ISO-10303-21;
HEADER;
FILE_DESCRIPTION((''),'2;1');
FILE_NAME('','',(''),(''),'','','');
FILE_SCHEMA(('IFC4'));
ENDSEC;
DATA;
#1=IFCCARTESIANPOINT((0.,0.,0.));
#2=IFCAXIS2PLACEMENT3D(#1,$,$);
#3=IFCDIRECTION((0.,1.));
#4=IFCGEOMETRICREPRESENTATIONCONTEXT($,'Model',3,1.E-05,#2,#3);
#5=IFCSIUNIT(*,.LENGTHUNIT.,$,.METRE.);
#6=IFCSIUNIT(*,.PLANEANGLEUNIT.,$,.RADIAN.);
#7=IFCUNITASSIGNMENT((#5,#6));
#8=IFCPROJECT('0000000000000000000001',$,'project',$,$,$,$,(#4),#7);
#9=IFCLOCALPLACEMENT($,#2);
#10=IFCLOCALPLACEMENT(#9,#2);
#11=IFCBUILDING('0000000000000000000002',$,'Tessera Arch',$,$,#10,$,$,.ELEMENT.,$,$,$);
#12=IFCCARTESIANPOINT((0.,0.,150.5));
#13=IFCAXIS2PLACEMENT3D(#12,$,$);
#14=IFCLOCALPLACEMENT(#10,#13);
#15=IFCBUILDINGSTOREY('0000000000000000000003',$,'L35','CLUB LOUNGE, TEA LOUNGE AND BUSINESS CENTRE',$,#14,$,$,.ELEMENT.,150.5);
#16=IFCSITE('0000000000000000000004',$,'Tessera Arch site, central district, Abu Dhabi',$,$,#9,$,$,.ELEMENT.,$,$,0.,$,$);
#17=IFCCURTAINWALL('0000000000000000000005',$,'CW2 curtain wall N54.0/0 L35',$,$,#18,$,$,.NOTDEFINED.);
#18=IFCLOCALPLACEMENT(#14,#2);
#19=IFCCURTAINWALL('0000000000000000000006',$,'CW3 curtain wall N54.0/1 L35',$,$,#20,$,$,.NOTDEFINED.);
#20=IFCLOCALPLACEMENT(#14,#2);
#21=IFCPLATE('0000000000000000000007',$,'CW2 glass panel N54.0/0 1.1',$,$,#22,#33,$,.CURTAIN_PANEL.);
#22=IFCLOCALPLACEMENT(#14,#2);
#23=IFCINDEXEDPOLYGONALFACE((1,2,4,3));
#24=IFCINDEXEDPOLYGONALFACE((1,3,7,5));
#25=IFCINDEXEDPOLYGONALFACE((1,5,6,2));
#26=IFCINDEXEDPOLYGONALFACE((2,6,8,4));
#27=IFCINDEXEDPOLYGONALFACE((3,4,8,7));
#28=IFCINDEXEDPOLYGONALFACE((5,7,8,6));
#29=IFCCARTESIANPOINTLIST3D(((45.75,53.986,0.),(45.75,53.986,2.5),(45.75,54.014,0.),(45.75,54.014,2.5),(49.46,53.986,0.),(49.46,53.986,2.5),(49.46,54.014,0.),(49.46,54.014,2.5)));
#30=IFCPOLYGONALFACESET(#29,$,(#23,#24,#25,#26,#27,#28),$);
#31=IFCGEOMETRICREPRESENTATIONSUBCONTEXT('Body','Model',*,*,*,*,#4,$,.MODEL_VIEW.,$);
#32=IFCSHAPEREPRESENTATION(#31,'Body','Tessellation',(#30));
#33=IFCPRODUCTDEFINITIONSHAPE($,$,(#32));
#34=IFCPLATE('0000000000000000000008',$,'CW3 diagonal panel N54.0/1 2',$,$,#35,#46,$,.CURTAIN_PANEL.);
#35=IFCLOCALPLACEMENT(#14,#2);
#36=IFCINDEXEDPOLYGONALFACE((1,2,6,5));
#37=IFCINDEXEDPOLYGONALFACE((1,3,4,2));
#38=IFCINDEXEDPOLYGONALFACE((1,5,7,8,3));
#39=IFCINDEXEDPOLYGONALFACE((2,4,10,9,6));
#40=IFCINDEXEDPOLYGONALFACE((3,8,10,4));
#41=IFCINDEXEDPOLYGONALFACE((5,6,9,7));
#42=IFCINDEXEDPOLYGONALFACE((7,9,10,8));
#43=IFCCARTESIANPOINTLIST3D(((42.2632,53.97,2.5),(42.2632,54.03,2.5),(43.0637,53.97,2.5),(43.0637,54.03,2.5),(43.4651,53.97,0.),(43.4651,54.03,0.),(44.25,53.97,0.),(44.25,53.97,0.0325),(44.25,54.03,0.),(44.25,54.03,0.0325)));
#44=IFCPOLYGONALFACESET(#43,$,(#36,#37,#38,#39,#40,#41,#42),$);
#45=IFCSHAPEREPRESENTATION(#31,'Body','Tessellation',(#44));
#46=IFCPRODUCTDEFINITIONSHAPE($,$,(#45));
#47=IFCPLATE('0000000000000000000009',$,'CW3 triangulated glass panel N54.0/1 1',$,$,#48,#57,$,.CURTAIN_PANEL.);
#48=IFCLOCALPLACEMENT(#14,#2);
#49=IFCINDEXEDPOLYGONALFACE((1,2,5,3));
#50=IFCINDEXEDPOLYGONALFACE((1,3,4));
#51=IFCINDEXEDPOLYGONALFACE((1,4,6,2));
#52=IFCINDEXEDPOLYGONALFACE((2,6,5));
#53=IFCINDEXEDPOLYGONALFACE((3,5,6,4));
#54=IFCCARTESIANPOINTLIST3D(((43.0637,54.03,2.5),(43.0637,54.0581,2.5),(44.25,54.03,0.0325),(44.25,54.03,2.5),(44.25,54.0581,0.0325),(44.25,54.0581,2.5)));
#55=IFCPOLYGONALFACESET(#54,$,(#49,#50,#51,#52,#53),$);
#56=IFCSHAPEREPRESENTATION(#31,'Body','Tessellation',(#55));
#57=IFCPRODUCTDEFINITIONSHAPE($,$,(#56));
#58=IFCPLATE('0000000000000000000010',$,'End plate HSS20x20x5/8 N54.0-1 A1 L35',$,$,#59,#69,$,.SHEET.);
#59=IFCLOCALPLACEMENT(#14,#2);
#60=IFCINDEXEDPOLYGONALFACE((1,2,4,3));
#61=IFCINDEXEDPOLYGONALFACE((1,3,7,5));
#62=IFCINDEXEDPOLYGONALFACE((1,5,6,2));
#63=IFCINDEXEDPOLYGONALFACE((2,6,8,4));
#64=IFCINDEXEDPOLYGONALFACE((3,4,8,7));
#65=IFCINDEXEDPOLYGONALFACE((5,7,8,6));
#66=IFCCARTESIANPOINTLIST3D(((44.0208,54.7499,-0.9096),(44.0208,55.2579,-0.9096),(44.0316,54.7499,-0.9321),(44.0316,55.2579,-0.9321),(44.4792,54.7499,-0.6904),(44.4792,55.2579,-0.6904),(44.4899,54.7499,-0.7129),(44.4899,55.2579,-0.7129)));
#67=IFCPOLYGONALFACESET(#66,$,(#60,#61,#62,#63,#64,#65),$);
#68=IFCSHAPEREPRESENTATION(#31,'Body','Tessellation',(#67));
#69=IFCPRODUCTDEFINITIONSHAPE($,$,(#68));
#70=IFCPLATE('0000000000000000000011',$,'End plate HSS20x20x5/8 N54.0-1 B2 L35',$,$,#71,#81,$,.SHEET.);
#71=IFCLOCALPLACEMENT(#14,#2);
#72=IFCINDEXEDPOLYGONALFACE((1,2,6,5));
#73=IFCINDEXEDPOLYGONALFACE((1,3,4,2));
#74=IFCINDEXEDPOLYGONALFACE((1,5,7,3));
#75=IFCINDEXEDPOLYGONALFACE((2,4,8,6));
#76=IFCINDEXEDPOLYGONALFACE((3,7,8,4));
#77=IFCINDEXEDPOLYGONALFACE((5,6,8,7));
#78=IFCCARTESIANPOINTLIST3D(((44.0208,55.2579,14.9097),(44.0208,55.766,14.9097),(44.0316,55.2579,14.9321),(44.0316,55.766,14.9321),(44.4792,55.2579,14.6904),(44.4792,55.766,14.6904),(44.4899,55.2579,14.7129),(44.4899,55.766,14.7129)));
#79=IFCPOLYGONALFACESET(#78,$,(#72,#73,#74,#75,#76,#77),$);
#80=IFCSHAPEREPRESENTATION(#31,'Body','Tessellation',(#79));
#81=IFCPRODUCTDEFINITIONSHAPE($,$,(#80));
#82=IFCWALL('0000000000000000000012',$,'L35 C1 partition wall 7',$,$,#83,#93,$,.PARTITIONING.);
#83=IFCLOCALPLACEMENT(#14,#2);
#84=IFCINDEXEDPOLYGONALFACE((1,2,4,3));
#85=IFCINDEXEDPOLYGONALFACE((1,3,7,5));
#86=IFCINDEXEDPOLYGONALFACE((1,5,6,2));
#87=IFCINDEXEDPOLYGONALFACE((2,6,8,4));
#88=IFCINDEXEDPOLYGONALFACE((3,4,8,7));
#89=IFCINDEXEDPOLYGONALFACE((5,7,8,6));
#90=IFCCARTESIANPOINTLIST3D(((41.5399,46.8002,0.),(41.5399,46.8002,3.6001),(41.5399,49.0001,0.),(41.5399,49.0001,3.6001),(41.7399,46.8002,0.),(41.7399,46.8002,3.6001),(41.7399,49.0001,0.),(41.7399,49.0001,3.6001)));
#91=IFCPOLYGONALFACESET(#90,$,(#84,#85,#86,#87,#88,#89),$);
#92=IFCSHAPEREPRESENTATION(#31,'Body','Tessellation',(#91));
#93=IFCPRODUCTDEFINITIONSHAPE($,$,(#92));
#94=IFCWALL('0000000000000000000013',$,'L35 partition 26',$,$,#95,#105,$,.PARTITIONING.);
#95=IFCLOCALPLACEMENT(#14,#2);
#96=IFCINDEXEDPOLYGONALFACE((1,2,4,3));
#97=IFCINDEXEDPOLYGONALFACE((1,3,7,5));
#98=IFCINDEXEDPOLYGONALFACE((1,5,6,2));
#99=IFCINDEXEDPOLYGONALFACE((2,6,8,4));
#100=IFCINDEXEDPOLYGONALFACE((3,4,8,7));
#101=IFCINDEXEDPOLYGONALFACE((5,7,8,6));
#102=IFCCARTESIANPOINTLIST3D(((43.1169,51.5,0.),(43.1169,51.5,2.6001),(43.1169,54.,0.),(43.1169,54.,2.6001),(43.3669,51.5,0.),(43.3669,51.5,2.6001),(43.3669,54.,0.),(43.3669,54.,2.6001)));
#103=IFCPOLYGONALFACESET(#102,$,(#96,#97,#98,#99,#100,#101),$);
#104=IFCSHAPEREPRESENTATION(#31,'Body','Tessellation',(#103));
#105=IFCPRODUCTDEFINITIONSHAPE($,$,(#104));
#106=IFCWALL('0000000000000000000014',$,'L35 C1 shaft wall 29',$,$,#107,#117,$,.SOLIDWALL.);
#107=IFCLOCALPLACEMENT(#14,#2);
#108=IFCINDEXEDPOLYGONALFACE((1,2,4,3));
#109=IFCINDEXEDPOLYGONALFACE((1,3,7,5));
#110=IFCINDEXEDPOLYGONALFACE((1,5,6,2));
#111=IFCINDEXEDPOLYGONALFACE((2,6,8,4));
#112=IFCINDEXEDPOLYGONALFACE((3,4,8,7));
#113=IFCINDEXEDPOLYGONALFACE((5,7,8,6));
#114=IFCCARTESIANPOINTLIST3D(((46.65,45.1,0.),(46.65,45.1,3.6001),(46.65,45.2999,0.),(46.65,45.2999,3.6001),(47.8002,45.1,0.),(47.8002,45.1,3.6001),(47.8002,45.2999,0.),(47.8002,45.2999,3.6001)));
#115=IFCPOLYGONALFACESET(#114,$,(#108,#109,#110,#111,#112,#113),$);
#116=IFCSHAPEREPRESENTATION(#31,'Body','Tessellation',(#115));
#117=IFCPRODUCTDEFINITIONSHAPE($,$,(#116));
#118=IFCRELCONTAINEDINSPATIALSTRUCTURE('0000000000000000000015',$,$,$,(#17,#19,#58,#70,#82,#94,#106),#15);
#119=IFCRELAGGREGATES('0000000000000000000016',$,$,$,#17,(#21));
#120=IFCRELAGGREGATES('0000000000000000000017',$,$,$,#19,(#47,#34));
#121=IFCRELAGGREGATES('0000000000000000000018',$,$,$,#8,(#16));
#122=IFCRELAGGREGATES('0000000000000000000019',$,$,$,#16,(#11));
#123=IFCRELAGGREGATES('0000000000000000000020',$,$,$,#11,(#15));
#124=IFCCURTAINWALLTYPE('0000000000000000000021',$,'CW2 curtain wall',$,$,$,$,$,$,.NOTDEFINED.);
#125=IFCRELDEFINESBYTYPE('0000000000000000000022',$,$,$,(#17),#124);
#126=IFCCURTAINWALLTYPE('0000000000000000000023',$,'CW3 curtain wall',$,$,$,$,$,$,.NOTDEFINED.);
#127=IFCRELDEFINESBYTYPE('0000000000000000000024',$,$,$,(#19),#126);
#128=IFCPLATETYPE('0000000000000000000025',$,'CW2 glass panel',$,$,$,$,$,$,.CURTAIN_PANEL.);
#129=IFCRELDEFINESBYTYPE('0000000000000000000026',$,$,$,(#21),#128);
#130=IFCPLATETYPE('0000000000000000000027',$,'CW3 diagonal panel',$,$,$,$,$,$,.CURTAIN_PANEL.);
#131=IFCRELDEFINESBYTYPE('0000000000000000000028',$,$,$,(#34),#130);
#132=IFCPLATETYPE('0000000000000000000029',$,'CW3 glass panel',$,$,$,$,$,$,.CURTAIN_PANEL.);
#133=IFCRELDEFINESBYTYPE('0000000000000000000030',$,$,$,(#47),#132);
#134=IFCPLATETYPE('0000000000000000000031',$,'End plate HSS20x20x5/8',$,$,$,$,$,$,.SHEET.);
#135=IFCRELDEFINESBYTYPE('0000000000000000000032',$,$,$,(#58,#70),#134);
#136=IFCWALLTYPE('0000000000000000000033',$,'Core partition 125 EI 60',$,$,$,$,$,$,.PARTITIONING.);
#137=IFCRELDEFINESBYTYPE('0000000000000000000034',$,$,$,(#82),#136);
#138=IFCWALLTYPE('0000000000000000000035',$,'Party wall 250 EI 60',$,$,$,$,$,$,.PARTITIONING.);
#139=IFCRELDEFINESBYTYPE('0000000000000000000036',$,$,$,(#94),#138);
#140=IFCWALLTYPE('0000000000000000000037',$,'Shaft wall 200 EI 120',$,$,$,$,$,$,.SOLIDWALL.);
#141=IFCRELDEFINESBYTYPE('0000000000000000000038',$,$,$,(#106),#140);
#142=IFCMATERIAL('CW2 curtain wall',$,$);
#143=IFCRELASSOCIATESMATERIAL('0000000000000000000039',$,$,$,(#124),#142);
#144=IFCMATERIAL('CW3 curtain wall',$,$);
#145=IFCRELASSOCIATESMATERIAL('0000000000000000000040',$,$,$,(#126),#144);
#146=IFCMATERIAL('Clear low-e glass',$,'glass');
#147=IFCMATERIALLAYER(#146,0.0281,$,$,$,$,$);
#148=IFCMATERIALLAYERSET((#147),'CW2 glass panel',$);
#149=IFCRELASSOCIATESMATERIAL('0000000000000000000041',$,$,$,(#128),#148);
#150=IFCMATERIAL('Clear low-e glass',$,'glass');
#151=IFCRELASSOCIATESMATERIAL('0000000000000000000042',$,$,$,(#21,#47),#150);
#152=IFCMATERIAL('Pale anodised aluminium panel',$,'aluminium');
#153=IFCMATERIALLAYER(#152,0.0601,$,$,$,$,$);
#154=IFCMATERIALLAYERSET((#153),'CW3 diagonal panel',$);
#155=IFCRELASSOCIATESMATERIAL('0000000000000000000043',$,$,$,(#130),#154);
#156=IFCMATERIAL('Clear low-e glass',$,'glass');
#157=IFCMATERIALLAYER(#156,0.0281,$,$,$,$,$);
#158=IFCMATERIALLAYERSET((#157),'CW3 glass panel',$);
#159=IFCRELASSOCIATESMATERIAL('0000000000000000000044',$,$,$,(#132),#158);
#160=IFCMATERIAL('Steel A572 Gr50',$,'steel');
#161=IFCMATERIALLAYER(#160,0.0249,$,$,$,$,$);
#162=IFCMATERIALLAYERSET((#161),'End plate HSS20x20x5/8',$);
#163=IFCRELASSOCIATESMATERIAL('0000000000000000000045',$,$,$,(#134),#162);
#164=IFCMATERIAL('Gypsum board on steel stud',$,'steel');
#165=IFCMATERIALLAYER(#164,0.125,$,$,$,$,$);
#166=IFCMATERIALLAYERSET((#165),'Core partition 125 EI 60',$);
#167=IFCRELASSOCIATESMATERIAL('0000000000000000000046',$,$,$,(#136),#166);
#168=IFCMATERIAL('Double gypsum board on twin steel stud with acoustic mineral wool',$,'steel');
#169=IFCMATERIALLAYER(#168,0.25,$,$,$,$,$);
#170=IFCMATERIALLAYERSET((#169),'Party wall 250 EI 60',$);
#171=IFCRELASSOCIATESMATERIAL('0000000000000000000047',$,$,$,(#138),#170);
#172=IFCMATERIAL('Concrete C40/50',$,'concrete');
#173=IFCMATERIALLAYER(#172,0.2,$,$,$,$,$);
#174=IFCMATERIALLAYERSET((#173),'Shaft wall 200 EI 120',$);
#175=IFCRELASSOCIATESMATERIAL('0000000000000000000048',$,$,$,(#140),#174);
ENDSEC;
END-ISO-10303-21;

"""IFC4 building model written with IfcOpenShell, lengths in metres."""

from ifc_helpers import new_model, si_unit, direction, frame, frame_2d, origin, origin_2d, place, context, subcontext, project, spatial, polyline, rectangle, outline, extrude, material, layer, layer_set, type_object, element, aggregate, save


model = new_model("IFC4")

# Units and contexts
model_context = context("Model", 3, precision=1e-05, world=origin(), true_north=direction((0.0, 1.0)))
body_context = subcontext(model_context, "Body", "Model", "MODEL_VIEW")
ifc_project = project(units=[si_unit("LENGTHUNIT", "METRE"), si_unit("PLANEANGLEUNIT", "RADIAN")], contexts=[model_context])

# Site, building, storey
site_placement = place(None, origin())
site = spatial("IfcSite", under=ifc_project, at=site_placement, Name="Tessera Arch site, central district, Abu Dhabi", CompositionType="ELEMENT", RefElevation=0.0)
building_placement = place(site_placement, origin())
building = spatial("IfcBuilding", under=site, at=building_placement, Name="Tessera Arch", CompositionType="ELEMENT")
storey_placement = place(building_placement, frame((0.0, 0.0, 150.5)))
storey = spatial("IfcBuildingStorey", under=building, at=storey_placement, Name="L35", Description="CLUB LOUNGE, TEA LOUNGE AND BUSINESS CENTRE", CompositionType="ELEMENT", Elevation=150.5)

# Curtain walls
ifc_material_1 = material(Name="CW2 curtain wall")
curtain_wall_type_1 = type_object("IfcCurtainWallType", Name="CW2 curtain wall", PredefinedType="NOTDEFINED", material=ifc_material_1)
curtain_wall_1_placement = place(storey_placement, origin())
curtain_wall_1 = element("IfcCurtainWall", 1, at=curtain_wall_1_placement, inside=storey, type_object=curtain_wall_type_1, Name="CW2 curtain wall N54.0/0 L35", PredefinedType="NOTDEFINED")
ifc_material_2 = material(Name="CW3 curtain wall")
curtain_wall_type_2 = type_object("IfcCurtainWallType", Name="CW3 curtain wall", PredefinedType="NOTDEFINED", material=ifc_material_2)
curtain_wall_2_placement = place(storey_placement, origin())
curtain_wall_2 = element("IfcCurtainWall", 2, at=curtain_wall_2_placement, inside=storey, type_object=curtain_wall_type_2, Name="CW3 curtain wall N54.0/1 L35", PredefinedType="NOTDEFINED")

# Plates
ifc_material_3 = material(Name="Clear low-e glass", Category="glass")
ifc_material_4 = material(Name="Clear low-e glass", Category="glass")
ifc_layer_1 = layer(ifc_material_4, 0.0281)
ifc_layer_set_1 = layer_set([ifc_layer_1], Name="CW2 glass panel")
plate_type_1 = type_object("IfcPlateType", Name="CW2 glass panel", PredefinedType="CURTAIN_PANEL", material=ifc_layer_set_1)
plate_1_placement = place(storey_placement, frame((47.605, 54.0, 0.0), z_axis=(0.0, 0.0, 1.0), x_axis=(-1.0, 0.0, 0.0)))
plate_1 = element("IfcPlate", 3, at=plate_1_placement, type_object=plate_type_1, material=ifc_material_3, Name="CW2 glass panel N54.0/0 1.1", PredefinedType="CURTAIN_PANEL", context=body_context, shape_type="SweptSolid", body=[
    extrude(rectangle(XDim=3.71, YDim=0.0281, at=origin_2d()), origin(), (0.0, 0.0, 1.0), 2.5),
])
aggregate(curtain_wall_1, [plate_1])
ifc_material_5 = material(Name="Pale anodised aluminium panel", Category="aluminium")
ifc_layer_2 = layer(ifc_material_5, 0.0601)
ifc_layer_set_2 = layer_set([ifc_layer_2], Name="CW3 diagonal panel")
plate_type_2 = type_object("IfcPlateType", Name="CW3 diagonal panel", PredefinedType="CURTAIN_PANEL", material=ifc_layer_set_2)
plate_2_placement = place(storey_placement, frame((42.2632, 54.03, 2.5), z_axis=(0.0, 1.0, 0.0), x_axis=(1.0, 0.0, 0.0)))
plate_2 = element("IfcPlate", 4, at=plate_2_placement, type_object=plate_type_2, Name="CW3 diagonal panel N54.0/1 2", PredefinedType="CURTAIN_PANEL", context=body_context, shape_type="SweptSolid", body=[
    extrude(outline(polyline([(0.0, 0.0), (0.8005, 0.0), (1.9868, 2.4675), (1.9868, 2.5), (1.2019, 2.5), (0.0, 0.0)])), origin(), (0.0, 0.0, -1.0), 0.0601),
])
ifc_material_6 = material(Name="Clear low-e glass", Category="glass")
ifc_layer_3 = layer(ifc_material_6, 0.0281)
ifc_layer_set_3 = layer_set([ifc_layer_3], Name="CW3 glass panel")
plate_type_3 = type_object("IfcPlateType", Name="CW3 glass panel", PredefinedType="CURTAIN_PANEL", material=ifc_layer_set_3)
plate_3_placement = place(storey_placement, frame((44.25, 54.0581, 2.5), z_axis=(0.0, 1.0, 0.0), x_axis=(0.0, 0.0, -1.0)))
plate_3 = element("IfcPlate", 5, at=plate_3_placement, type_object=plate_type_3, material=ifc_material_3, Name="CW3 triangulated glass panel N54.0/1 1", PredefinedType="CURTAIN_PANEL", context=body_context, shape_type="SweptSolid", body=[
    extrude(outline(polyline([(0.0, 0.0), (2.4675, 0.0), (0.0, 1.1863), (0.0, 0.0)])), origin(), (0.0, 0.0, -1.0), 0.0281),
])
aggregate(curtain_wall_2, [plate_3, plate_2])

# Plates
ifc_material_7 = material(Name="Steel A572 Gr50", Category="steel")
ifc_layer_4 = layer(ifc_material_7, 0.0249)
ifc_layer_set_4 = layer_set([ifc_layer_4], Name="End plate HSS20x20x5/8")
plate_type_4 = type_object("IfcPlateType", Name="End plate HSS20x20x5/8", PredefinedType="SHEET", material=ifc_layer_set_4)
for number, where, z_axis, x_axis, name in (
    (6, (44.2607, 55.0039, -0.8225), (-0.431455, 0.0, 0.902134), (0.0, -1.0, 0.0), "End plate HSS20x20x5/8 N54.0-1 A1 L35"),
    (7, (44.25, 55.512, 14.8), (0.431455, 0.0, 0.902134), (0.0, 1.0, 0.0), "End plate HSS20x20x5/8 N54.0-1 B2 L35"),
):
    element("IfcPlate", number, at=place(storey_placement, frame(where, z_axis=z_axis, x_axis=x_axis)), inside=storey, type_object=plate_type_4, Name=name, PredefinedType="SHEET", context=body_context, shape_type="SweptSolid", body=[
        extrude(rectangle(XDim=0.5081, YDim=0.5081, at=origin_2d()), origin(), (0.0, 0.0, 1.0), 0.0249),
    ])

# Walls
ifc_material_8 = material(Name="Gypsum board on steel stud", Category="steel")
ifc_layer_5 = layer(ifc_material_8, 0.125)
ifc_layer_set_5 = layer_set([ifc_layer_5], Name="Core partition 125 EI 60")
wall_type_1 = type_object("IfcWallType", Name="Core partition 125 EI 60", PredefinedType="PARTITIONING", material=ifc_layer_set_5)
wall_1_placement = place(storey_placement, frame((41.6399, 46.8, 0.0), z_axis=(0.0, 0.0, 1.0), x_axis=(0.0, 1.0, 0.0)))
element("IfcWall", 8, at=wall_1_placement, inside=storey, type_object=wall_type_1, Name="L35 C1 partition wall 7", PredefinedType="PARTITIONING", context=body_context, shape_type="SweptSolid", body=[
    extrude(rectangle(XDim=2.2, YDim=0.2, at=frame_2d((1.1001, 0.0))), origin(), (0.0, 0.0, 1.0), 3.6001),
])
ifc_material_9 = material(Name="Double gypsum board on twin steel stud with acoustic mineral wool", Category="steel")
ifc_layer_6 = layer(ifc_material_9, 0.25)
ifc_layer_set_6 = layer_set([ifc_layer_6], Name="Party wall 250 EI 60")
wall_type_2 = type_object("IfcWallType", Name="Party wall 250 EI 60", PredefinedType="PARTITIONING", material=ifc_layer_set_6)
wall_2_placement = place(storey_placement, frame((43.2419, 51.5, 0.0), z_axis=(0.0, 0.0, 1.0), x_axis=(0.0, 1.0, 0.0)))
element("IfcWall", 9, at=wall_2_placement, inside=storey, type_object=wall_type_2, Name="L35 partition 26", PredefinedType="PARTITIONING", context=body_context, shape_type="SweptSolid", body=[
    extrude(rectangle(XDim=2.5, YDim=0.25, at=frame_2d((1.25, 0.0))), origin(), (0.0, 0.0, 1.0), 2.6001),
])
ifc_material_10 = material(Name="Concrete C40/50", Category="concrete")
ifc_layer_7 = layer(ifc_material_10, 0.2)
ifc_layer_set_7 = layer_set([ifc_layer_7], Name="Shaft wall 200 EI 120")
wall_type_3 = type_object("IfcWallType", Name="Shaft wall 200 EI 120", PredefinedType="SOLIDWALL", material=ifc_layer_set_7)
wall_3_placement = place(storey_placement, frame((46.6499, 45.2, 0.0), z_axis=(0.0, 0.0, 1.0), x_axis=(1.0, 0.0, 0.0)))
element("IfcWall", 10, at=wall_3_placement, inside=storey, type_object=wall_type_3, Name="L35 C1 shaft wall 29", PredefinedType="SOLIDWALL", context=body_context, shape_type="SweptSolid", body=[
    extrude(rectangle(XDim=1.1501, YDim=0.2, at=frame_2d((0.5752, 0.0))), origin(), (0.0, 0.0, 1.0), 3.6001),
])

save(model, "model.ifc")
